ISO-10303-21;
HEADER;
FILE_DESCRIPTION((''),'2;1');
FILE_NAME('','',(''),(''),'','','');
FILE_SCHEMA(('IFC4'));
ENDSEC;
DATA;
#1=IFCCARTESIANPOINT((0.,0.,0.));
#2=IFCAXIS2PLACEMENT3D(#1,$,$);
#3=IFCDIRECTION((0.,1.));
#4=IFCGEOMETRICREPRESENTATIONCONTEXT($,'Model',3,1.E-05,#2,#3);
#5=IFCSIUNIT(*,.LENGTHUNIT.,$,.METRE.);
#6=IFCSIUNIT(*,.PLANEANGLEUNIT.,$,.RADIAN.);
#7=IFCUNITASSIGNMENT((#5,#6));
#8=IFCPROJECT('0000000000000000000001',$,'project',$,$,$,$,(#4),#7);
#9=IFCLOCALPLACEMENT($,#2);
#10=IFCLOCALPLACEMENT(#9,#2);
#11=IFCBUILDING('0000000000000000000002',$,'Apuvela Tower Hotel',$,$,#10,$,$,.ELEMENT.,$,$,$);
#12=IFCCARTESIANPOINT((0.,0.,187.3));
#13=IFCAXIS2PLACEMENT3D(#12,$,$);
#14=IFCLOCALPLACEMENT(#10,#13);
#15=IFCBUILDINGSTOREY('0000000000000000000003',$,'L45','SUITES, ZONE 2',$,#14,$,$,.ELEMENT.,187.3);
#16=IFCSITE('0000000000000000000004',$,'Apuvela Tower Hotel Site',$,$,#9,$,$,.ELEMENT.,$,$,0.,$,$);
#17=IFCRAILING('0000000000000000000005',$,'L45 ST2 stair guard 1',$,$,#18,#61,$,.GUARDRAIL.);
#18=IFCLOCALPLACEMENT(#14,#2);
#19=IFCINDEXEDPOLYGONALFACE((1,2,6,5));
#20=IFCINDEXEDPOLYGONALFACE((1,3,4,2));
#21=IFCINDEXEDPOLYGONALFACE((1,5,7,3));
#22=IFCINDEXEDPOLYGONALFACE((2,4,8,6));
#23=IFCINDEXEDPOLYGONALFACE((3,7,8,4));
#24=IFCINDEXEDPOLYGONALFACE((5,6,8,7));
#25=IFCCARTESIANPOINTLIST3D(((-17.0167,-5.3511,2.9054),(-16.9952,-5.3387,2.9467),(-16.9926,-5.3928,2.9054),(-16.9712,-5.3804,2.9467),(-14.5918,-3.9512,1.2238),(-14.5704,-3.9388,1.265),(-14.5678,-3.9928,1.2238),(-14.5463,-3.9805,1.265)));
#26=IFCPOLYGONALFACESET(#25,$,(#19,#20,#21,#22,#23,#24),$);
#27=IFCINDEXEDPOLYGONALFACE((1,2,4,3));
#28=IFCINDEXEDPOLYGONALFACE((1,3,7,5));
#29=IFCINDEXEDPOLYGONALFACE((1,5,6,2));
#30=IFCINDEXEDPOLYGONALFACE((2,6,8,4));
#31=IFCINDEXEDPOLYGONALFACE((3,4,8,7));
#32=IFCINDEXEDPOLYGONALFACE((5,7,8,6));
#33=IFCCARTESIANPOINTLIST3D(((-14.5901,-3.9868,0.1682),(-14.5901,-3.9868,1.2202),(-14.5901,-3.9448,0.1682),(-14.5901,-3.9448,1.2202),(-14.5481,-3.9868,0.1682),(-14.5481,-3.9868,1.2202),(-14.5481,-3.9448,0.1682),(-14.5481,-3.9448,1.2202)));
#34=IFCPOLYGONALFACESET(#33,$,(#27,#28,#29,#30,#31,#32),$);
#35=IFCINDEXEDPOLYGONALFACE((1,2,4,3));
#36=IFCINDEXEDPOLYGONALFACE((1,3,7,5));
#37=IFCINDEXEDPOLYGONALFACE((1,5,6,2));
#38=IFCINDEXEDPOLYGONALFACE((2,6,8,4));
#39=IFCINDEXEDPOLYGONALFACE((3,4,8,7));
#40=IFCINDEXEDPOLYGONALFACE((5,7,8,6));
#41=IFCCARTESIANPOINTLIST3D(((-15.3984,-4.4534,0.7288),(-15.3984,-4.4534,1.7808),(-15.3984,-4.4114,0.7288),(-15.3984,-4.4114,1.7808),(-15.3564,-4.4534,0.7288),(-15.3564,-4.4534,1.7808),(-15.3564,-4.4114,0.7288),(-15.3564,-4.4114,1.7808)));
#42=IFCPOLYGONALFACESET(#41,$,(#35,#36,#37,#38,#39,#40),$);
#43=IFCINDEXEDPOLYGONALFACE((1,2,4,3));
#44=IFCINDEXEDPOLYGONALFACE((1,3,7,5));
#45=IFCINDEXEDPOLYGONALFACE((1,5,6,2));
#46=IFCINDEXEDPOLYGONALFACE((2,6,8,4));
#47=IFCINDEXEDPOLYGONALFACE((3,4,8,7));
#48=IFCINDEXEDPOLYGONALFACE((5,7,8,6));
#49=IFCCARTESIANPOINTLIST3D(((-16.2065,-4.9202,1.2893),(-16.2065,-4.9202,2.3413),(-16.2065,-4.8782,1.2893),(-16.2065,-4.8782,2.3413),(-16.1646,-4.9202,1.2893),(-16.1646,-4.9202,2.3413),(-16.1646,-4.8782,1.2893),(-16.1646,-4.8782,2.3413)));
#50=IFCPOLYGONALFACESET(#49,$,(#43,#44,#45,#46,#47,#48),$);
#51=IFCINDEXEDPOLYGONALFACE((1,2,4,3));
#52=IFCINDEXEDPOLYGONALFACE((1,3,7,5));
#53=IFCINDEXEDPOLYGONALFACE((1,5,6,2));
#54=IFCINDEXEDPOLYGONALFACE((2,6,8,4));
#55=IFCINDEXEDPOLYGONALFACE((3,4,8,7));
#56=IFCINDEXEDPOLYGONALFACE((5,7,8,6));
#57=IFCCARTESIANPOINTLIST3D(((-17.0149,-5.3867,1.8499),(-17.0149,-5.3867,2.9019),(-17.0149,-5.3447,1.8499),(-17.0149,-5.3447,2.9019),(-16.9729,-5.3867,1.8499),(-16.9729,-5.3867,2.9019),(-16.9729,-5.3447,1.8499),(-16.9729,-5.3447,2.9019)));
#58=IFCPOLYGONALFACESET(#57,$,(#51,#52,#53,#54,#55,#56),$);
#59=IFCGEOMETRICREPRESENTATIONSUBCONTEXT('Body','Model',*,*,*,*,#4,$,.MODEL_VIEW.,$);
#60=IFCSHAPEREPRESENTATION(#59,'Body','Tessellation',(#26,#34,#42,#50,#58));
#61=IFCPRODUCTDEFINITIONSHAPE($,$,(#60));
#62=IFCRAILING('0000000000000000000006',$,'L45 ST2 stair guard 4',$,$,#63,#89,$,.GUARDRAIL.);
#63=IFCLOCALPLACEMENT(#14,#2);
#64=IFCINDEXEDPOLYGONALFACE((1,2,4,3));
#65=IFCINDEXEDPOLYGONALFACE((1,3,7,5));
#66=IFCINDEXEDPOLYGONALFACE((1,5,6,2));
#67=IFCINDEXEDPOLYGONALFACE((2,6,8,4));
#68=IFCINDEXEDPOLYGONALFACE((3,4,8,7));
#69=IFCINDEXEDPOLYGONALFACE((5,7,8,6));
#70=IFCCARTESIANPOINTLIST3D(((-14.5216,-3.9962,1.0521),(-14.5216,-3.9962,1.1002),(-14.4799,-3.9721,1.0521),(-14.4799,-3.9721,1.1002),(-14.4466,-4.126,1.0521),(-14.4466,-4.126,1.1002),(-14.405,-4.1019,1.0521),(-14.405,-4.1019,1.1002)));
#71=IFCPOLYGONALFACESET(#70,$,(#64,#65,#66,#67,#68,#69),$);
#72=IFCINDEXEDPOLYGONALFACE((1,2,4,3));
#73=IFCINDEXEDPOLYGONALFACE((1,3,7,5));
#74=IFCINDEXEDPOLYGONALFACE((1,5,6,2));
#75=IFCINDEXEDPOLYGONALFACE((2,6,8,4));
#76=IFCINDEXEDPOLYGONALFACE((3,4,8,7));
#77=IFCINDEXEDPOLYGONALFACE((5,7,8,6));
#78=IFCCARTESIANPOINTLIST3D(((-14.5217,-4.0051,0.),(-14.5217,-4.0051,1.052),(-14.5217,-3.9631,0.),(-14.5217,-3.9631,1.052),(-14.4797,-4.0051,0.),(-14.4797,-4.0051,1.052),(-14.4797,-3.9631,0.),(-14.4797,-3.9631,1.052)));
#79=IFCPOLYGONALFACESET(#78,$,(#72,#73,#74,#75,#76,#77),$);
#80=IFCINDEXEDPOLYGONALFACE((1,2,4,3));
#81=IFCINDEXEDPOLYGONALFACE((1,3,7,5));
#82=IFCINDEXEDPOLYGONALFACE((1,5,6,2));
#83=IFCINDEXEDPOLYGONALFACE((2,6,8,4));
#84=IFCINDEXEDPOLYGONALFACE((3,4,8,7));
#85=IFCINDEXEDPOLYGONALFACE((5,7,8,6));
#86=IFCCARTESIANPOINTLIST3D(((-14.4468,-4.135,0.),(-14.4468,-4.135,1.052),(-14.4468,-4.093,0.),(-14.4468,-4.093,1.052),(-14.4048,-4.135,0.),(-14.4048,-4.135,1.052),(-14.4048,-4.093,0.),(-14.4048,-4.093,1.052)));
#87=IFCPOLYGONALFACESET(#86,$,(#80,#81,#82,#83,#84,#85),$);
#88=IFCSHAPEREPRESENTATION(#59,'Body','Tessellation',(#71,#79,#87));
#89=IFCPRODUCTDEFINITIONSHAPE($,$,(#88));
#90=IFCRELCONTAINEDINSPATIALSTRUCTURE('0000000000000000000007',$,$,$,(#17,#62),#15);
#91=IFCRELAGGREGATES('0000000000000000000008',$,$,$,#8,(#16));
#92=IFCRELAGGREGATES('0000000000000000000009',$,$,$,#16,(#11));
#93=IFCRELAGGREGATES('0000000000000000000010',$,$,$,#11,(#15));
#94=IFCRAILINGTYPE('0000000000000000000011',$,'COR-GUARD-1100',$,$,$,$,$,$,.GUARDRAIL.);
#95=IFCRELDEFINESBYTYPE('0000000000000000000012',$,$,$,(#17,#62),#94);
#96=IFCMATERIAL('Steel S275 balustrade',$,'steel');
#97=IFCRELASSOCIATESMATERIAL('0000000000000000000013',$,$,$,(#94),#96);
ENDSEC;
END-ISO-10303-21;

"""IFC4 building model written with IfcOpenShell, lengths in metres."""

from ifc_helpers import new_model, si_unit, direction, frame, origin, origin_2d, place, context, subcontext, project, spatial, rectangle, extrude, material, type_object, element, save


model = new_model("IFC4")

# Units and contexts
model_context = context("Model", 3, precision=1e-05, world=origin(), true_north=direction((0.0, 1.0)))
body_context = subcontext(model_context, "Body", "Model", "MODEL_VIEW")
ifc_project = project(units=[si_unit("LENGTHUNIT", "METRE"), si_unit("PLANEANGLEUNIT", "RADIAN")], contexts=[model_context])

# Site, building, storey
site_placement = place(None, origin())
site = spatial("IfcSite", under=ifc_project, at=site_placement, Name="Apuvela Tower Hotel Site", CompositionType="ELEMENT", RefElevation=0.0)
building_placement = place(site_placement, origin())
building = spatial("IfcBuilding", under=site, at=building_placement, Name="Apuvela Tower Hotel", CompositionType="ELEMENT")
storey_placement = place(building_placement, frame((0.0, 0.0, 187.3)))
storey = spatial("IfcBuildingStorey", under=building, at=storey_placement, Name="L45", Description="SUITES, ZONE 2", CompositionType="ELEMENT", Elevation=187.3)

# Railings
ifc_material_1 = material(Name="Steel S275 balustrade", Category="steel")
railing_type = type_object("IfcRailingType", Name="COR-GUARD-1100", PredefinedType="GUARDRAIL", material=ifc_material_1)
railing_1_placement = place(storey_placement, frame((-14.5691, -3.9658, 0.1682)))
element("IfcRailing", 1, at=railing_1_placement, inside=storey, type_object=railing_type, Name="L45 ST2 stair guard 1", PredefinedType="GUARDRAIL", context=body_context, shape_type="SweptSolid", body=[
    extrude(rectangle(XDim=0.0481, YDim=0.0481, at=origin_2d()), frame((0.0, 0.0, 1.0762), z_axis=(-0.742419, -0.428618, 0.514879), x_axis=(0.499984, -0.866035, 0.0)), (0.0, 0.0, 1.0), 3.2661),
    extrude(rectangle(XDim=0.042, YDim=0.042, at=origin_2d()), origin(), (0.0, 0.0, 1.0), 1.052),
    extrude(rectangle(XDim=0.042, YDim=0.042, at=origin_2d()), frame((-0.8083, -0.4666, 0.5605)), (0.0, 0.0, 1.0), 1.052),
    extrude(rectangle(XDim=0.042, YDim=0.042, at=origin_2d()), frame((-1.6165, -0.9333, 1.1211)), (0.0, 0.0, 1.0), 1.052),
    extrude(rectangle(XDim=0.042, YDim=0.042, at=origin_2d()), frame((-2.4248, -1.3999, 1.6816)), (0.0, 0.0, 1.0), 1.052),
])
railing_2_placement = place(storey_placement, frame((-14.5007, -3.9841, 0.0)))
element("IfcRailing", 2, at=railing_2_placement, inside=storey, type_object=railing_type, Name="L45 ST2 stair guard 4", PredefinedType="GUARDRAIL", context=body_context, shape_type="SweptSolid", body=[
    extrude(rectangle(XDim=0.0481, YDim=0.0481, at=origin_2d()), frame((0.0, 0.0, 1.0762), z_axis=(0.499816, -0.866131, 0.0), x_axis=(0.866131, 0.499816, 0.0)), (0.0, 0.0, 1.0), 0.1499),
    extrude(rectangle(XDim=0.042, YDim=0.042, at=origin_2d()), origin(), (0.0, 0.0, 1.0), 1.052),
    extrude(rectangle(XDim=0.042, YDim=0.042, at=origin_2d()), frame((0.075, -0.1299, 0.0)), (0.0, 0.0, 1.0), 1.052),
])

save(model, "model.ifc")
